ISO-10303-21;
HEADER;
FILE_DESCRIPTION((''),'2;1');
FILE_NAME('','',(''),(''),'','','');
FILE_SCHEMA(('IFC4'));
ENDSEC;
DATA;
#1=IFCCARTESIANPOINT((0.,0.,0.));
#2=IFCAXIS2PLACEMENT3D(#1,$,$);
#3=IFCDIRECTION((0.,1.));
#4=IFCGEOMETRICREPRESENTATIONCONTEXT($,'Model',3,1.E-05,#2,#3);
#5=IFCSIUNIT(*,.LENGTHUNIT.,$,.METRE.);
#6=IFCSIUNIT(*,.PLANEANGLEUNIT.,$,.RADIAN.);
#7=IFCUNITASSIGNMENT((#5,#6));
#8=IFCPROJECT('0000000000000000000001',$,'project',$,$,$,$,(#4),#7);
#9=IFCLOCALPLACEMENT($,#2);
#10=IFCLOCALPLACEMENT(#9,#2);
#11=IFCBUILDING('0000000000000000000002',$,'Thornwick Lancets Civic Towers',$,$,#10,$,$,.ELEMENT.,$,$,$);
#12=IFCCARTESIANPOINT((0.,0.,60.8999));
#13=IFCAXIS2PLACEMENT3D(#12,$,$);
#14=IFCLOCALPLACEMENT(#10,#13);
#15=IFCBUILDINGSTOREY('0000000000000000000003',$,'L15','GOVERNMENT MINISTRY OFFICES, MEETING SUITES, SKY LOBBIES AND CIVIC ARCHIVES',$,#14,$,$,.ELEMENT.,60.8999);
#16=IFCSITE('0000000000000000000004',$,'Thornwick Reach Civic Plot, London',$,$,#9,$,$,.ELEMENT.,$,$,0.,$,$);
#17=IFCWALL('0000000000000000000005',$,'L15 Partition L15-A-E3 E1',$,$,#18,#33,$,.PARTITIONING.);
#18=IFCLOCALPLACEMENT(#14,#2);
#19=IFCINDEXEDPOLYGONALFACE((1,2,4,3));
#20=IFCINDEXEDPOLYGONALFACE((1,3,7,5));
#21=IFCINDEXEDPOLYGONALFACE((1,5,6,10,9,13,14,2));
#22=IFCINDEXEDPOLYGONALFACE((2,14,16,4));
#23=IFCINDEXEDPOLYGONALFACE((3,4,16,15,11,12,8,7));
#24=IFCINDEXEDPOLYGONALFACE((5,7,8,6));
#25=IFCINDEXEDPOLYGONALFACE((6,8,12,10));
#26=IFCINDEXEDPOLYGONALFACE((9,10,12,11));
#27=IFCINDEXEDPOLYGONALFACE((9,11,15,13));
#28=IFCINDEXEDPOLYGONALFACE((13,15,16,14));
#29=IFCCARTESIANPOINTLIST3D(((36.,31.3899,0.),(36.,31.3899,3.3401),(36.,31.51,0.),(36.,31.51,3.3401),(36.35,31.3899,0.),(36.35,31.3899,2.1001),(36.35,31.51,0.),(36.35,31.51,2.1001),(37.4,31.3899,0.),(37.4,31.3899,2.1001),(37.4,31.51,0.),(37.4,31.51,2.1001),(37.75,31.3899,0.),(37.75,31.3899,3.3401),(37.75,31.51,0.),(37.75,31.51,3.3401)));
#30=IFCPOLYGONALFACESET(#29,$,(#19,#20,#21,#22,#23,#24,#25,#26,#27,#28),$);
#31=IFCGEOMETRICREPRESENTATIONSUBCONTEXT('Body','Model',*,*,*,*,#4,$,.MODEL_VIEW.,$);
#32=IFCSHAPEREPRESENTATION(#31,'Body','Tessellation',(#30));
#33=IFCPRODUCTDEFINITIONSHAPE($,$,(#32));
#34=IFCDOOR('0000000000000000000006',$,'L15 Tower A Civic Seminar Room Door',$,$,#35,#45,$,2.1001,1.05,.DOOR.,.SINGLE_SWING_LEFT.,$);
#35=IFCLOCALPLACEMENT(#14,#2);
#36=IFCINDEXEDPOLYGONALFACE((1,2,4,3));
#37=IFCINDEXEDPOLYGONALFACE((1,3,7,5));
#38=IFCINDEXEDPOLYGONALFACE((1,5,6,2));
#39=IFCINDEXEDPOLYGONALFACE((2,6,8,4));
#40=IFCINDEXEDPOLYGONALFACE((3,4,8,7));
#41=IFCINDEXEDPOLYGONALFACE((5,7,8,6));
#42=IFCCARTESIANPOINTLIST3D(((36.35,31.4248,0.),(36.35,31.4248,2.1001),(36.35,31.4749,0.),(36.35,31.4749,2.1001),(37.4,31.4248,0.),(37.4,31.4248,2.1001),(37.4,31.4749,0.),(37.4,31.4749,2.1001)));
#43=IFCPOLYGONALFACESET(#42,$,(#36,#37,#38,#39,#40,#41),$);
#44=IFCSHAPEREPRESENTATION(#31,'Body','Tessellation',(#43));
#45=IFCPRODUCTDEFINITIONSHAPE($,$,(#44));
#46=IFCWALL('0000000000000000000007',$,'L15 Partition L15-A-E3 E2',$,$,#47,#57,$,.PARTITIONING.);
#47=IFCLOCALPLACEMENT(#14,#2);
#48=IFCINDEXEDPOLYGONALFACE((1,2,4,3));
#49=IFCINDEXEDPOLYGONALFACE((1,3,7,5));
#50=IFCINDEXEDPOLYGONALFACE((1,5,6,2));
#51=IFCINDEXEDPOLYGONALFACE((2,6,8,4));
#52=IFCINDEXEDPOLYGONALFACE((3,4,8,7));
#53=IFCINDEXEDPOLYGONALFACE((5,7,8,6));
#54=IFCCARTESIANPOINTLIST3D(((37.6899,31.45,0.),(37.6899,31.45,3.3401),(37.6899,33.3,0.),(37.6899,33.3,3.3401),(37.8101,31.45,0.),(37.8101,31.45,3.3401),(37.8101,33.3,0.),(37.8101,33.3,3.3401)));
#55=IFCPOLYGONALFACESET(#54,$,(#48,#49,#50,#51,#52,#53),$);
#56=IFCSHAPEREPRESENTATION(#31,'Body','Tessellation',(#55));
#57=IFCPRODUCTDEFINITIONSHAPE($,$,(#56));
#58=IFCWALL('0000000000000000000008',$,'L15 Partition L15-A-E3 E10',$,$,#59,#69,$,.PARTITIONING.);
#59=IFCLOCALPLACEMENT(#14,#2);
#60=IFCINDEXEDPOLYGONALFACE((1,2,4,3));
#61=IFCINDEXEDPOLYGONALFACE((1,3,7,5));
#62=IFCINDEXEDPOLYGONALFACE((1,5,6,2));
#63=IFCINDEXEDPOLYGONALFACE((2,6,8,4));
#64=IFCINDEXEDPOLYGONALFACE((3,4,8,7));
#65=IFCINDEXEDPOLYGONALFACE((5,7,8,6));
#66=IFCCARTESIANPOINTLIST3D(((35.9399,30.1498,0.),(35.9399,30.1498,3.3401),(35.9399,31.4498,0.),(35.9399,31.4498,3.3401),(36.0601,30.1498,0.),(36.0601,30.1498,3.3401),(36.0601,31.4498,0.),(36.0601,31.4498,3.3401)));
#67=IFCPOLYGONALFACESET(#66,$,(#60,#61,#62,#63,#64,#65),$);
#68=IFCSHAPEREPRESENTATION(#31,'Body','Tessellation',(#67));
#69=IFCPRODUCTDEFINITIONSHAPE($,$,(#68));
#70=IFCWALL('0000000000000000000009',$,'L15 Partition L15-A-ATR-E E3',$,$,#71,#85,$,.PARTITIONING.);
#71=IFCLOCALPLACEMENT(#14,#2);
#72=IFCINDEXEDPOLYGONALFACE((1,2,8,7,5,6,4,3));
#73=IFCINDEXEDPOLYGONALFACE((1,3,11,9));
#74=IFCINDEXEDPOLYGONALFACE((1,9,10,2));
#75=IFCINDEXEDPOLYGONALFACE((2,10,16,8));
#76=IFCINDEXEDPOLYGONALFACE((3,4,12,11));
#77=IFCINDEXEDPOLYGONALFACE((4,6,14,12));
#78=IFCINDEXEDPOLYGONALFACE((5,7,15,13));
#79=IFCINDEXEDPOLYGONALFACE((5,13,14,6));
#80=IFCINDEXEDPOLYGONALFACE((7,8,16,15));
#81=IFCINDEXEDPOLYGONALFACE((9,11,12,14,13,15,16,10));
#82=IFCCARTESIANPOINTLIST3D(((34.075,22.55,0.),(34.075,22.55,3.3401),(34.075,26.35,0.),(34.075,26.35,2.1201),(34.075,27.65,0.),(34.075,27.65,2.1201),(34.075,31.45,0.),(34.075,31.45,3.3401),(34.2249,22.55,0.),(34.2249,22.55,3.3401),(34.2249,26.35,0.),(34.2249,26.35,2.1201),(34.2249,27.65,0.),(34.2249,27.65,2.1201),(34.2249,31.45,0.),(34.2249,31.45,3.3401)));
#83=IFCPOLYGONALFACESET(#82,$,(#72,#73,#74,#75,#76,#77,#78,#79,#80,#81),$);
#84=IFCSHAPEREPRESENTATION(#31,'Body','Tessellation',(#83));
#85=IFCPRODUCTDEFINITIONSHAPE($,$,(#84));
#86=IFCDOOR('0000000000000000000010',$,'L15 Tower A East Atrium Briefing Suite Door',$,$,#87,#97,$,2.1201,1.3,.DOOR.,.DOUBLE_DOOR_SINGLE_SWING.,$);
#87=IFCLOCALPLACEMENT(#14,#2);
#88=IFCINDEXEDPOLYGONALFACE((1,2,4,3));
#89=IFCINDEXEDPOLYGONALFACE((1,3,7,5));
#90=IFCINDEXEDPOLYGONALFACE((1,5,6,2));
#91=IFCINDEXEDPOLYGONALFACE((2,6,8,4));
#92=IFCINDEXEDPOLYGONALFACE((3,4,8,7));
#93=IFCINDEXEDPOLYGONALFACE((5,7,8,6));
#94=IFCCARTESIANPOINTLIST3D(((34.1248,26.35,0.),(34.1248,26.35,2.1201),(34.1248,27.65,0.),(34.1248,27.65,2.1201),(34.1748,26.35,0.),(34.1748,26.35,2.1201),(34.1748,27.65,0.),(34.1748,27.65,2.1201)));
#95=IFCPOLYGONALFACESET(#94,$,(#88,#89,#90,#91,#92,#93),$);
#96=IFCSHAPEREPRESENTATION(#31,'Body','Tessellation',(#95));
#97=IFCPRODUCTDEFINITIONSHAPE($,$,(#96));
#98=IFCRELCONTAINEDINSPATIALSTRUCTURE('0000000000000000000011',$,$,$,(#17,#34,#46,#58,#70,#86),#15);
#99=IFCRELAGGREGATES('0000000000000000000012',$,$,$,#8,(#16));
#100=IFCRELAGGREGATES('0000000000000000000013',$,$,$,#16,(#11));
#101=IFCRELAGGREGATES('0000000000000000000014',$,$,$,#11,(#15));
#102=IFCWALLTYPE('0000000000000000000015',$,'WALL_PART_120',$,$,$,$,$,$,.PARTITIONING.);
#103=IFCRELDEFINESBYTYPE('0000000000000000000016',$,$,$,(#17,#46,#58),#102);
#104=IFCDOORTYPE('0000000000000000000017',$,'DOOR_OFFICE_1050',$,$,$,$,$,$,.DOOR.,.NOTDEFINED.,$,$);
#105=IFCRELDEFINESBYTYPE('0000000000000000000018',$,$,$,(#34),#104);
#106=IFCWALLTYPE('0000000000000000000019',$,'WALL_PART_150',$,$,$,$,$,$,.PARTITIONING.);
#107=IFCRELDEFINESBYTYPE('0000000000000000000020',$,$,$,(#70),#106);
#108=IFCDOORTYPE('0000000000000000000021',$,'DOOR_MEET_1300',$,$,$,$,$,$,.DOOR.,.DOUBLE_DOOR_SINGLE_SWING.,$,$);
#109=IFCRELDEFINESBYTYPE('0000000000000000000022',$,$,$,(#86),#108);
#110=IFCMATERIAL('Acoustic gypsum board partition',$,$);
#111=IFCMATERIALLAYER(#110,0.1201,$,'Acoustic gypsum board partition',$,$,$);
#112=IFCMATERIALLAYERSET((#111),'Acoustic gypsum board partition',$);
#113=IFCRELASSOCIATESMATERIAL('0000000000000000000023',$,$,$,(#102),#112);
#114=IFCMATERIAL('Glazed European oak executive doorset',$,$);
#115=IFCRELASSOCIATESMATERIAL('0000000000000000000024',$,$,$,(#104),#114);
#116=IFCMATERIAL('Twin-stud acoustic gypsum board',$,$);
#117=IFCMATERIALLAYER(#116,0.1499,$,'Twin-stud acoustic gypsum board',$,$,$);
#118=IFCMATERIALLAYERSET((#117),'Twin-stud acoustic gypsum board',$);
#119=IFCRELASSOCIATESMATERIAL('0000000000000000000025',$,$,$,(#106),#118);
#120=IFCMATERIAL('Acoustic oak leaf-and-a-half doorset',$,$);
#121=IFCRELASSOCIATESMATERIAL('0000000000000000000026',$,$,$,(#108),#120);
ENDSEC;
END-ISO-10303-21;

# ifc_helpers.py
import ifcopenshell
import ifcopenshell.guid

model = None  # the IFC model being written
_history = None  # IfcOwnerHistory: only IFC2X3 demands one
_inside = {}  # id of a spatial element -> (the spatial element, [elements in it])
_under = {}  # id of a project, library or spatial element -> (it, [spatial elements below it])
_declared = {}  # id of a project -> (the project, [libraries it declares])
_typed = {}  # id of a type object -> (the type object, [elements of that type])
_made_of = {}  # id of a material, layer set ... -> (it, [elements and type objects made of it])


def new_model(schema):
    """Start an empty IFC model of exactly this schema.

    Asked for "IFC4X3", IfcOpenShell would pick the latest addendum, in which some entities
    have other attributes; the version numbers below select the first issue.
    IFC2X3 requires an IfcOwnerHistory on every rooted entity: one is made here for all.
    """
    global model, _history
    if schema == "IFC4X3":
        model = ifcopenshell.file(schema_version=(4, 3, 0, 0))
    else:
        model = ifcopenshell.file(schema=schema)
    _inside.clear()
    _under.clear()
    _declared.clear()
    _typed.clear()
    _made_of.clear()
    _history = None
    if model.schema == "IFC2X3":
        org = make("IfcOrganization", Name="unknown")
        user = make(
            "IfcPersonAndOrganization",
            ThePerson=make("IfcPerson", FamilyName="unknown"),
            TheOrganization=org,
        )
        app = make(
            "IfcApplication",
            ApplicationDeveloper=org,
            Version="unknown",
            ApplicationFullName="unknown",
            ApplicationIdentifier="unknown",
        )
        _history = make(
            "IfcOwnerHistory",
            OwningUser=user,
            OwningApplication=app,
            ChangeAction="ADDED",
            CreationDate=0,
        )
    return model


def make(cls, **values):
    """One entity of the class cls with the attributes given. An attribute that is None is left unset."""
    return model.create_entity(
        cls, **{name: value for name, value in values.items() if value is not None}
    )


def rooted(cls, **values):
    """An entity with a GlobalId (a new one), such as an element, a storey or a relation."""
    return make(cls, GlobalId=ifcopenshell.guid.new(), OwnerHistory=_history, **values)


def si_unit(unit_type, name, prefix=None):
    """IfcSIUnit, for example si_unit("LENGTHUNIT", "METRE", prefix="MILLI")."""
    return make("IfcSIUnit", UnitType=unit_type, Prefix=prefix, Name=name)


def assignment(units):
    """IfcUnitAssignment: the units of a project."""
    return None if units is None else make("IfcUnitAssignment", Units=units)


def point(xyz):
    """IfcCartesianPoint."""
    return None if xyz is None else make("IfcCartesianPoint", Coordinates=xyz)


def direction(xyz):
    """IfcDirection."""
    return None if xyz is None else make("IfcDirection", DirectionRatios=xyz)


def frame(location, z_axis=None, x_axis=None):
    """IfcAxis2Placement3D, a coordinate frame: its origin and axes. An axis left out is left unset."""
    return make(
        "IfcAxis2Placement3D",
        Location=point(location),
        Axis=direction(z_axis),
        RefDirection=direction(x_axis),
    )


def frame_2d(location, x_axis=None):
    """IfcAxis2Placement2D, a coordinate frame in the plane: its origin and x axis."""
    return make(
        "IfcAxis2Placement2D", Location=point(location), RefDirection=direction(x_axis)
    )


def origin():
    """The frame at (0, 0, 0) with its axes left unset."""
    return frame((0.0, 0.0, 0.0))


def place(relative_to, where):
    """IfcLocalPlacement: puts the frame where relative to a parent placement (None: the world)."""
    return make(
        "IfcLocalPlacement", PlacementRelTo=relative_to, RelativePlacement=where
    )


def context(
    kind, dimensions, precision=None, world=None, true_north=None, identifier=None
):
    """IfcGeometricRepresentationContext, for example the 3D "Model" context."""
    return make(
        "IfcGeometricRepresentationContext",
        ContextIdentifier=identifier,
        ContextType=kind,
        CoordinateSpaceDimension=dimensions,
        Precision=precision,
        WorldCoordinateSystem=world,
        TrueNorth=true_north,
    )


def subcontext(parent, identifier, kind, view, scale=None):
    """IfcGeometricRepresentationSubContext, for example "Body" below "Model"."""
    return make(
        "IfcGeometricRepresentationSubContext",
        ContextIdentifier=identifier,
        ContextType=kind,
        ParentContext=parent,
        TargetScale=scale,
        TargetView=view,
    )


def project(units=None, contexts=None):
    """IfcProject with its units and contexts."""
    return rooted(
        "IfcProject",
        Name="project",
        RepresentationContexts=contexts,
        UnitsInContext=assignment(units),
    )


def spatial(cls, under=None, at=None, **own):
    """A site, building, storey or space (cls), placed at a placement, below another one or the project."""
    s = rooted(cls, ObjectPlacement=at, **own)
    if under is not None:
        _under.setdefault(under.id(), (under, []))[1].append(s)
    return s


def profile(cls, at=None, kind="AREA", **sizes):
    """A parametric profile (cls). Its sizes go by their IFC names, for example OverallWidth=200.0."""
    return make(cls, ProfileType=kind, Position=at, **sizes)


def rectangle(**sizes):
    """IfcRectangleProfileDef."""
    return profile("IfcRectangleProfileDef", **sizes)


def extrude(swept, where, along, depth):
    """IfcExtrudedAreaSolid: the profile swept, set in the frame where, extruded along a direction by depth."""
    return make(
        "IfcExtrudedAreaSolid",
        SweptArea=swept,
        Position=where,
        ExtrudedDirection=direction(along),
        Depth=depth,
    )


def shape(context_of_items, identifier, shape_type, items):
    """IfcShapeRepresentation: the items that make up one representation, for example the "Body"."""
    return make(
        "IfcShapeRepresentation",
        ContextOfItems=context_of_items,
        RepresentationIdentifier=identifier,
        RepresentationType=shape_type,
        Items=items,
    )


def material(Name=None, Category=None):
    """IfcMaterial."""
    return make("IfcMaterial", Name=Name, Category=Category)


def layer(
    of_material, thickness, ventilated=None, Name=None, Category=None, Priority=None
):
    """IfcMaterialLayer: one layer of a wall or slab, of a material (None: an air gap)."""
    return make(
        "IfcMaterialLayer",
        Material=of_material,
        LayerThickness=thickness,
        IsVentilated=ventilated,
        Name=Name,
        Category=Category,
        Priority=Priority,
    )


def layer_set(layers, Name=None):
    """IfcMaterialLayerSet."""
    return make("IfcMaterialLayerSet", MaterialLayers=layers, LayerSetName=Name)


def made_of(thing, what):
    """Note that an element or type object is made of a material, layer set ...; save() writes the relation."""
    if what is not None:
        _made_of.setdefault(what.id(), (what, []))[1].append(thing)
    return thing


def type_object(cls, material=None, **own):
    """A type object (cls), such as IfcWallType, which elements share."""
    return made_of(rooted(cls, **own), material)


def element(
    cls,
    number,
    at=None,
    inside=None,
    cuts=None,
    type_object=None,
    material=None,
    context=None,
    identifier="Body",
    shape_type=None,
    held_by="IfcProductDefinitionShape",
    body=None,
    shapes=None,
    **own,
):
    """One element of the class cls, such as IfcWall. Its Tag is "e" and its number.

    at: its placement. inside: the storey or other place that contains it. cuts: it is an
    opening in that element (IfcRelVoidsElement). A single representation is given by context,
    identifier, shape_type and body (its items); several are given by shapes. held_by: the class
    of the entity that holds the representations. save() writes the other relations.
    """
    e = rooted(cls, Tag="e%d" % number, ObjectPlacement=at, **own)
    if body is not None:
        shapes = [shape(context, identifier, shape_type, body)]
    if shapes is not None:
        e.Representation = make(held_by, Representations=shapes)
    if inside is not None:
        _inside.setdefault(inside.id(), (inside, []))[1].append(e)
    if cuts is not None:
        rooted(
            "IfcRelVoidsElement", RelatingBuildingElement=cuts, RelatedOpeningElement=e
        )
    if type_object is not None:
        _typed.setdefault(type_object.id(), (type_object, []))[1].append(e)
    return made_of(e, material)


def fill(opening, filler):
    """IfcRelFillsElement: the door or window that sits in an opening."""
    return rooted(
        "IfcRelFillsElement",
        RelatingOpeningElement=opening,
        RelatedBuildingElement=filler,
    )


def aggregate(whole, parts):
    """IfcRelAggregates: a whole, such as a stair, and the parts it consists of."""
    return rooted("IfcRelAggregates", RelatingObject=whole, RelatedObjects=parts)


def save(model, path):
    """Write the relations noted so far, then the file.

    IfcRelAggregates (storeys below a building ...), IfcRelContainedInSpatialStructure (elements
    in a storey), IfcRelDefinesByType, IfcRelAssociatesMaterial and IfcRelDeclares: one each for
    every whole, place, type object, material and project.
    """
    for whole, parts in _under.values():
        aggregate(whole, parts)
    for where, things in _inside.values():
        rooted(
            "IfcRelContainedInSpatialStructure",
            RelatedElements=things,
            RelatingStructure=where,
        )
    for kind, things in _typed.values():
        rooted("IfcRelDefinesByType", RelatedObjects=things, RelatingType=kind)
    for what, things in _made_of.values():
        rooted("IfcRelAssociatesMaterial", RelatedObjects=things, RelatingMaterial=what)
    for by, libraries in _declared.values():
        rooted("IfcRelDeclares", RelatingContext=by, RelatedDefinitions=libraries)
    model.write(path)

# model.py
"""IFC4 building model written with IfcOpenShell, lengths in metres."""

from ifc_helpers import new_model, si_unit, direction, frame, frame_2d, origin, place, context, subcontext, project, spatial, rectangle, extrude, material, layer, layer_set, type_object, element, fill, save


model = new_model("IFC4")

# Units and contexts
model_context = context("Model", 3, precision=1e-05, world=origin(), true_north=direction((0.0, 1.0)))
body_context = subcontext(model_context, "Body", "Model", "MODEL_VIEW")
ifc_project = project(units=[si_unit("LENGTHUNIT", "METRE"), si_unit("PLANEANGLEUNIT", "RADIAN")], contexts=[model_context])

# Site, building, storey
site_placement = place(None, origin())
site = spatial("IfcSite", under=ifc_project, at=site_placement, Name="Thornwick Reach Civic Plot, London", CompositionType="ELEMENT", RefElevation=0.0)
building_placement = place(site_placement, origin())
building = spatial("IfcBuilding", under=site, at=building_placement, Name="Thornwick Lancets Civic Towers", CompositionType="ELEMENT")
storey_placement = place(building_placement, frame((0.0, 0.0, 60.8999)))
storey = spatial("IfcBuildingStorey", under=building, at=storey_placement, Name="L15", Description="GOVERNMENT MINISTRY OFFICES, MEETING SUITES, SKY LOBBIES AND CIVIC ARCHIVES", CompositionType="ELEMENT", Elevation=60.8999)

# Shared definitions
ifc_material_1 = material(Name="Acoustic gypsum board partition")
ifc_layer_1 = layer(ifc_material_1, 0.1201, Name="Acoustic gypsum board partition")
ifc_layer_set_1 = layer_set([ifc_layer_1], Name="Acoustic gypsum board partition")
wall_type_1 = type_object("IfcWallType", Name="WALL_PART_120", PredefinedType="PARTITIONING", material=ifc_layer_set_1)

# Wall, opening, door
wall_1_placement = place(storey_placement, frame((36.0, 31.45, 0.0), z_axis=(0.0, 0.0, 1.0), x_axis=(1.0, 0.0, 0.0)))
wall_1 = element("IfcWall", 1, at=wall_1_placement, inside=storey, type_object=wall_type_1, Name="L15 Partition L15-A-E3 E1", PredefinedType="PARTITIONING", context=body_context, shape_type="SweptSolid", body=[
    extrude(rectangle(XDim=1.75, YDim=0.1201, at=frame_2d((0.875, 0.0))), origin(), (0.0, 0.0, 1.0), 3.3401),
])
opening_1_placement = place(wall_1_placement, frame((0.3501, 0.0, 0.0)))
opening_1 = element("IfcOpeningElement", 2, at=opening_1_placement, cuts=wall_1, PredefinedType="OPENING", context=body_context, shape_type="SweptSolid", body=[
    extrude(rectangle(XDim=1.05, YDim=2.1001, at=frame_2d((0.5249, 1.05))), frame((0.0, 0.0701, 0.0), z_axis=(0.0, -1.0, 0.0), x_axis=(1.0, 0.0, 0.0)), (0.0, 0.0, 1.0), 0.1401),
])
ifc_material_2 = material(Name="Glazed European oak executive doorset")
door_type_1 = type_object("IfcDoorType", Name="DOOR_OFFICE_1050", OperationType="NOTDEFINED", PredefinedType="DOOR", material=ifc_material_2)
door_1_placement = place(opening_1_placement, origin())
door_1 = element("IfcDoor", 3, at=door_1_placement, inside=storey, type_object=door_type_1, Name="L15 Tower A Civic Seminar Room Door", OperationType="SINGLE_SWING_LEFT", OverallHeight=2.1001, OverallWidth=1.05, PredefinedType="DOOR", context=body_context, shape_type="SweptSolid", body=[
    extrude(rectangle(XDim=1.05, YDim=2.1001, at=frame_2d((0.5249, 1.05))), frame((0.0, 0.0249, 0.0), z_axis=(0.0, -1.0, 0.0), x_axis=(1.0, 0.0, 0.0)), (0.0, 0.0, 1.0), 0.05),
])
fill(opening_1, door_1)

# Walls
wall_2_placement = place(storey_placement, frame((37.75, 31.45, 0.0), z_axis=(0.0, 0.0, 1.0), x_axis=(0.0, 1.0, 0.0)))
element("IfcWall", 4, at=wall_2_placement, inside=storey, type_object=wall_type_1, Name="L15 Partition L15-A-E3 E2", PredefinedType="PARTITIONING", context=body_context, shape_type="SweptSolid", body=[
    extrude(rectangle(XDim=1.8501, YDim=0.1201, at=frame_2d((0.925, 0.0))), origin(), (0.0, 0.0, 1.0), 3.3401),
])
wall_3_placement = place(storey_placement, frame((36.0, 30.1499, 0.0), z_axis=(0.0, 0.0, 1.0), x_axis=(0.0, 1.0, 0.0)))
element("IfcWall", 5, at=wall_3_placement, inside=storey, type_object=wall_type_1, Name="L15 Partition L15-A-E3 E10", PredefinedType="PARTITIONING", context=body_context, shape_type="SweptSolid", body=[
    extrude(rectangle(XDim=1.3, YDim=0.1201, at=frame_2d((0.6499, 0.0))), origin(), (0.0, 0.0, 1.0), 3.3401),
])

# Wall, opening, door
ifc_material_3 = material(Name="Twin-stud acoustic gypsum board")
ifc_layer_2 = layer(ifc_material_3, 0.1499, Name="Twin-stud acoustic gypsum board")
ifc_layer_set_2 = layer_set([ifc_layer_2], Name="Twin-stud acoustic gypsum board")
wall_type_2 = type_object("IfcWallType", Name="WALL_PART_150", PredefinedType="PARTITIONING", material=ifc_layer_set_2)
wall_4_placement = place(storey_placement, frame((34.1499, 31.45, 0.0), z_axis=(0.0, 0.0, 1.0), x_axis=(0.0, -1.0, 0.0)))
wall_4 = element("IfcWall", 6, at=wall_4_placement, inside=storey, type_object=wall_type_2, Name="L15 Partition L15-A-ATR-E E3", PredefinedType="PARTITIONING", context=body_context, shape_type="SweptSolid", body=[
    extrude(rectangle(XDim=8.8999, YDim=0.1499, at=frame_2d((4.45, 0.0))), origin(), (0.0, 0.0, 1.0), 3.3401),
])
opening_2_placement = place(wall_4_placement, frame((3.8, 0.0, 0.0)))
opening_2 = element("IfcOpeningElement", 7, at=opening_2_placement, cuts=wall_4, PredefinedType="OPENING", context=body_context, shape_type="SweptSolid", body=[
    extrude(rectangle(XDim=1.3, YDim=2.1201, at=frame_2d((0.6499, 1.0601))), frame((0.0, 0.085, 0.0), z_axis=(0.0, -1.0, 0.0), x_axis=(1.0, 0.0, 0.0)), (0.0, 0.0, 1.0), 0.1699),
])
ifc_material_4 = material(Name="Acoustic oak leaf-and-a-half doorset")
door_type_2 = type_object("IfcDoorType", Name="DOOR_MEET_1300", OperationType="DOUBLE_DOOR_SINGLE_SWING", PredefinedType="DOOR", material=ifc_material_4)
door_2_placement = place(opening_2_placement, origin())
door_2 = element("IfcDoor", 8, at=door_2_placement, inside=storey, type_object=door_type_2, Name="L15 Tower A East Atrium Briefing Suite Door", OperationType="DOUBLE_DOOR_SINGLE_SWING", OverallHeight=2.1201, OverallWidth=1.3, PredefinedType="DOOR", context=body_context, shape_type="SweptSolid", body=[
    extrude(rectangle(XDim=1.3, YDim=2.1201, at=frame_2d((0.6499, 1.0601))), frame((0.0, 0.0249, 0.0), z_axis=(0.0, -1.0, 0.0), x_axis=(1.0, 0.0, 0.0)), (0.0, 0.0, 1.0), 0.05),
])
fill(opening_2, door_2)

save(model, "model.ifc")
